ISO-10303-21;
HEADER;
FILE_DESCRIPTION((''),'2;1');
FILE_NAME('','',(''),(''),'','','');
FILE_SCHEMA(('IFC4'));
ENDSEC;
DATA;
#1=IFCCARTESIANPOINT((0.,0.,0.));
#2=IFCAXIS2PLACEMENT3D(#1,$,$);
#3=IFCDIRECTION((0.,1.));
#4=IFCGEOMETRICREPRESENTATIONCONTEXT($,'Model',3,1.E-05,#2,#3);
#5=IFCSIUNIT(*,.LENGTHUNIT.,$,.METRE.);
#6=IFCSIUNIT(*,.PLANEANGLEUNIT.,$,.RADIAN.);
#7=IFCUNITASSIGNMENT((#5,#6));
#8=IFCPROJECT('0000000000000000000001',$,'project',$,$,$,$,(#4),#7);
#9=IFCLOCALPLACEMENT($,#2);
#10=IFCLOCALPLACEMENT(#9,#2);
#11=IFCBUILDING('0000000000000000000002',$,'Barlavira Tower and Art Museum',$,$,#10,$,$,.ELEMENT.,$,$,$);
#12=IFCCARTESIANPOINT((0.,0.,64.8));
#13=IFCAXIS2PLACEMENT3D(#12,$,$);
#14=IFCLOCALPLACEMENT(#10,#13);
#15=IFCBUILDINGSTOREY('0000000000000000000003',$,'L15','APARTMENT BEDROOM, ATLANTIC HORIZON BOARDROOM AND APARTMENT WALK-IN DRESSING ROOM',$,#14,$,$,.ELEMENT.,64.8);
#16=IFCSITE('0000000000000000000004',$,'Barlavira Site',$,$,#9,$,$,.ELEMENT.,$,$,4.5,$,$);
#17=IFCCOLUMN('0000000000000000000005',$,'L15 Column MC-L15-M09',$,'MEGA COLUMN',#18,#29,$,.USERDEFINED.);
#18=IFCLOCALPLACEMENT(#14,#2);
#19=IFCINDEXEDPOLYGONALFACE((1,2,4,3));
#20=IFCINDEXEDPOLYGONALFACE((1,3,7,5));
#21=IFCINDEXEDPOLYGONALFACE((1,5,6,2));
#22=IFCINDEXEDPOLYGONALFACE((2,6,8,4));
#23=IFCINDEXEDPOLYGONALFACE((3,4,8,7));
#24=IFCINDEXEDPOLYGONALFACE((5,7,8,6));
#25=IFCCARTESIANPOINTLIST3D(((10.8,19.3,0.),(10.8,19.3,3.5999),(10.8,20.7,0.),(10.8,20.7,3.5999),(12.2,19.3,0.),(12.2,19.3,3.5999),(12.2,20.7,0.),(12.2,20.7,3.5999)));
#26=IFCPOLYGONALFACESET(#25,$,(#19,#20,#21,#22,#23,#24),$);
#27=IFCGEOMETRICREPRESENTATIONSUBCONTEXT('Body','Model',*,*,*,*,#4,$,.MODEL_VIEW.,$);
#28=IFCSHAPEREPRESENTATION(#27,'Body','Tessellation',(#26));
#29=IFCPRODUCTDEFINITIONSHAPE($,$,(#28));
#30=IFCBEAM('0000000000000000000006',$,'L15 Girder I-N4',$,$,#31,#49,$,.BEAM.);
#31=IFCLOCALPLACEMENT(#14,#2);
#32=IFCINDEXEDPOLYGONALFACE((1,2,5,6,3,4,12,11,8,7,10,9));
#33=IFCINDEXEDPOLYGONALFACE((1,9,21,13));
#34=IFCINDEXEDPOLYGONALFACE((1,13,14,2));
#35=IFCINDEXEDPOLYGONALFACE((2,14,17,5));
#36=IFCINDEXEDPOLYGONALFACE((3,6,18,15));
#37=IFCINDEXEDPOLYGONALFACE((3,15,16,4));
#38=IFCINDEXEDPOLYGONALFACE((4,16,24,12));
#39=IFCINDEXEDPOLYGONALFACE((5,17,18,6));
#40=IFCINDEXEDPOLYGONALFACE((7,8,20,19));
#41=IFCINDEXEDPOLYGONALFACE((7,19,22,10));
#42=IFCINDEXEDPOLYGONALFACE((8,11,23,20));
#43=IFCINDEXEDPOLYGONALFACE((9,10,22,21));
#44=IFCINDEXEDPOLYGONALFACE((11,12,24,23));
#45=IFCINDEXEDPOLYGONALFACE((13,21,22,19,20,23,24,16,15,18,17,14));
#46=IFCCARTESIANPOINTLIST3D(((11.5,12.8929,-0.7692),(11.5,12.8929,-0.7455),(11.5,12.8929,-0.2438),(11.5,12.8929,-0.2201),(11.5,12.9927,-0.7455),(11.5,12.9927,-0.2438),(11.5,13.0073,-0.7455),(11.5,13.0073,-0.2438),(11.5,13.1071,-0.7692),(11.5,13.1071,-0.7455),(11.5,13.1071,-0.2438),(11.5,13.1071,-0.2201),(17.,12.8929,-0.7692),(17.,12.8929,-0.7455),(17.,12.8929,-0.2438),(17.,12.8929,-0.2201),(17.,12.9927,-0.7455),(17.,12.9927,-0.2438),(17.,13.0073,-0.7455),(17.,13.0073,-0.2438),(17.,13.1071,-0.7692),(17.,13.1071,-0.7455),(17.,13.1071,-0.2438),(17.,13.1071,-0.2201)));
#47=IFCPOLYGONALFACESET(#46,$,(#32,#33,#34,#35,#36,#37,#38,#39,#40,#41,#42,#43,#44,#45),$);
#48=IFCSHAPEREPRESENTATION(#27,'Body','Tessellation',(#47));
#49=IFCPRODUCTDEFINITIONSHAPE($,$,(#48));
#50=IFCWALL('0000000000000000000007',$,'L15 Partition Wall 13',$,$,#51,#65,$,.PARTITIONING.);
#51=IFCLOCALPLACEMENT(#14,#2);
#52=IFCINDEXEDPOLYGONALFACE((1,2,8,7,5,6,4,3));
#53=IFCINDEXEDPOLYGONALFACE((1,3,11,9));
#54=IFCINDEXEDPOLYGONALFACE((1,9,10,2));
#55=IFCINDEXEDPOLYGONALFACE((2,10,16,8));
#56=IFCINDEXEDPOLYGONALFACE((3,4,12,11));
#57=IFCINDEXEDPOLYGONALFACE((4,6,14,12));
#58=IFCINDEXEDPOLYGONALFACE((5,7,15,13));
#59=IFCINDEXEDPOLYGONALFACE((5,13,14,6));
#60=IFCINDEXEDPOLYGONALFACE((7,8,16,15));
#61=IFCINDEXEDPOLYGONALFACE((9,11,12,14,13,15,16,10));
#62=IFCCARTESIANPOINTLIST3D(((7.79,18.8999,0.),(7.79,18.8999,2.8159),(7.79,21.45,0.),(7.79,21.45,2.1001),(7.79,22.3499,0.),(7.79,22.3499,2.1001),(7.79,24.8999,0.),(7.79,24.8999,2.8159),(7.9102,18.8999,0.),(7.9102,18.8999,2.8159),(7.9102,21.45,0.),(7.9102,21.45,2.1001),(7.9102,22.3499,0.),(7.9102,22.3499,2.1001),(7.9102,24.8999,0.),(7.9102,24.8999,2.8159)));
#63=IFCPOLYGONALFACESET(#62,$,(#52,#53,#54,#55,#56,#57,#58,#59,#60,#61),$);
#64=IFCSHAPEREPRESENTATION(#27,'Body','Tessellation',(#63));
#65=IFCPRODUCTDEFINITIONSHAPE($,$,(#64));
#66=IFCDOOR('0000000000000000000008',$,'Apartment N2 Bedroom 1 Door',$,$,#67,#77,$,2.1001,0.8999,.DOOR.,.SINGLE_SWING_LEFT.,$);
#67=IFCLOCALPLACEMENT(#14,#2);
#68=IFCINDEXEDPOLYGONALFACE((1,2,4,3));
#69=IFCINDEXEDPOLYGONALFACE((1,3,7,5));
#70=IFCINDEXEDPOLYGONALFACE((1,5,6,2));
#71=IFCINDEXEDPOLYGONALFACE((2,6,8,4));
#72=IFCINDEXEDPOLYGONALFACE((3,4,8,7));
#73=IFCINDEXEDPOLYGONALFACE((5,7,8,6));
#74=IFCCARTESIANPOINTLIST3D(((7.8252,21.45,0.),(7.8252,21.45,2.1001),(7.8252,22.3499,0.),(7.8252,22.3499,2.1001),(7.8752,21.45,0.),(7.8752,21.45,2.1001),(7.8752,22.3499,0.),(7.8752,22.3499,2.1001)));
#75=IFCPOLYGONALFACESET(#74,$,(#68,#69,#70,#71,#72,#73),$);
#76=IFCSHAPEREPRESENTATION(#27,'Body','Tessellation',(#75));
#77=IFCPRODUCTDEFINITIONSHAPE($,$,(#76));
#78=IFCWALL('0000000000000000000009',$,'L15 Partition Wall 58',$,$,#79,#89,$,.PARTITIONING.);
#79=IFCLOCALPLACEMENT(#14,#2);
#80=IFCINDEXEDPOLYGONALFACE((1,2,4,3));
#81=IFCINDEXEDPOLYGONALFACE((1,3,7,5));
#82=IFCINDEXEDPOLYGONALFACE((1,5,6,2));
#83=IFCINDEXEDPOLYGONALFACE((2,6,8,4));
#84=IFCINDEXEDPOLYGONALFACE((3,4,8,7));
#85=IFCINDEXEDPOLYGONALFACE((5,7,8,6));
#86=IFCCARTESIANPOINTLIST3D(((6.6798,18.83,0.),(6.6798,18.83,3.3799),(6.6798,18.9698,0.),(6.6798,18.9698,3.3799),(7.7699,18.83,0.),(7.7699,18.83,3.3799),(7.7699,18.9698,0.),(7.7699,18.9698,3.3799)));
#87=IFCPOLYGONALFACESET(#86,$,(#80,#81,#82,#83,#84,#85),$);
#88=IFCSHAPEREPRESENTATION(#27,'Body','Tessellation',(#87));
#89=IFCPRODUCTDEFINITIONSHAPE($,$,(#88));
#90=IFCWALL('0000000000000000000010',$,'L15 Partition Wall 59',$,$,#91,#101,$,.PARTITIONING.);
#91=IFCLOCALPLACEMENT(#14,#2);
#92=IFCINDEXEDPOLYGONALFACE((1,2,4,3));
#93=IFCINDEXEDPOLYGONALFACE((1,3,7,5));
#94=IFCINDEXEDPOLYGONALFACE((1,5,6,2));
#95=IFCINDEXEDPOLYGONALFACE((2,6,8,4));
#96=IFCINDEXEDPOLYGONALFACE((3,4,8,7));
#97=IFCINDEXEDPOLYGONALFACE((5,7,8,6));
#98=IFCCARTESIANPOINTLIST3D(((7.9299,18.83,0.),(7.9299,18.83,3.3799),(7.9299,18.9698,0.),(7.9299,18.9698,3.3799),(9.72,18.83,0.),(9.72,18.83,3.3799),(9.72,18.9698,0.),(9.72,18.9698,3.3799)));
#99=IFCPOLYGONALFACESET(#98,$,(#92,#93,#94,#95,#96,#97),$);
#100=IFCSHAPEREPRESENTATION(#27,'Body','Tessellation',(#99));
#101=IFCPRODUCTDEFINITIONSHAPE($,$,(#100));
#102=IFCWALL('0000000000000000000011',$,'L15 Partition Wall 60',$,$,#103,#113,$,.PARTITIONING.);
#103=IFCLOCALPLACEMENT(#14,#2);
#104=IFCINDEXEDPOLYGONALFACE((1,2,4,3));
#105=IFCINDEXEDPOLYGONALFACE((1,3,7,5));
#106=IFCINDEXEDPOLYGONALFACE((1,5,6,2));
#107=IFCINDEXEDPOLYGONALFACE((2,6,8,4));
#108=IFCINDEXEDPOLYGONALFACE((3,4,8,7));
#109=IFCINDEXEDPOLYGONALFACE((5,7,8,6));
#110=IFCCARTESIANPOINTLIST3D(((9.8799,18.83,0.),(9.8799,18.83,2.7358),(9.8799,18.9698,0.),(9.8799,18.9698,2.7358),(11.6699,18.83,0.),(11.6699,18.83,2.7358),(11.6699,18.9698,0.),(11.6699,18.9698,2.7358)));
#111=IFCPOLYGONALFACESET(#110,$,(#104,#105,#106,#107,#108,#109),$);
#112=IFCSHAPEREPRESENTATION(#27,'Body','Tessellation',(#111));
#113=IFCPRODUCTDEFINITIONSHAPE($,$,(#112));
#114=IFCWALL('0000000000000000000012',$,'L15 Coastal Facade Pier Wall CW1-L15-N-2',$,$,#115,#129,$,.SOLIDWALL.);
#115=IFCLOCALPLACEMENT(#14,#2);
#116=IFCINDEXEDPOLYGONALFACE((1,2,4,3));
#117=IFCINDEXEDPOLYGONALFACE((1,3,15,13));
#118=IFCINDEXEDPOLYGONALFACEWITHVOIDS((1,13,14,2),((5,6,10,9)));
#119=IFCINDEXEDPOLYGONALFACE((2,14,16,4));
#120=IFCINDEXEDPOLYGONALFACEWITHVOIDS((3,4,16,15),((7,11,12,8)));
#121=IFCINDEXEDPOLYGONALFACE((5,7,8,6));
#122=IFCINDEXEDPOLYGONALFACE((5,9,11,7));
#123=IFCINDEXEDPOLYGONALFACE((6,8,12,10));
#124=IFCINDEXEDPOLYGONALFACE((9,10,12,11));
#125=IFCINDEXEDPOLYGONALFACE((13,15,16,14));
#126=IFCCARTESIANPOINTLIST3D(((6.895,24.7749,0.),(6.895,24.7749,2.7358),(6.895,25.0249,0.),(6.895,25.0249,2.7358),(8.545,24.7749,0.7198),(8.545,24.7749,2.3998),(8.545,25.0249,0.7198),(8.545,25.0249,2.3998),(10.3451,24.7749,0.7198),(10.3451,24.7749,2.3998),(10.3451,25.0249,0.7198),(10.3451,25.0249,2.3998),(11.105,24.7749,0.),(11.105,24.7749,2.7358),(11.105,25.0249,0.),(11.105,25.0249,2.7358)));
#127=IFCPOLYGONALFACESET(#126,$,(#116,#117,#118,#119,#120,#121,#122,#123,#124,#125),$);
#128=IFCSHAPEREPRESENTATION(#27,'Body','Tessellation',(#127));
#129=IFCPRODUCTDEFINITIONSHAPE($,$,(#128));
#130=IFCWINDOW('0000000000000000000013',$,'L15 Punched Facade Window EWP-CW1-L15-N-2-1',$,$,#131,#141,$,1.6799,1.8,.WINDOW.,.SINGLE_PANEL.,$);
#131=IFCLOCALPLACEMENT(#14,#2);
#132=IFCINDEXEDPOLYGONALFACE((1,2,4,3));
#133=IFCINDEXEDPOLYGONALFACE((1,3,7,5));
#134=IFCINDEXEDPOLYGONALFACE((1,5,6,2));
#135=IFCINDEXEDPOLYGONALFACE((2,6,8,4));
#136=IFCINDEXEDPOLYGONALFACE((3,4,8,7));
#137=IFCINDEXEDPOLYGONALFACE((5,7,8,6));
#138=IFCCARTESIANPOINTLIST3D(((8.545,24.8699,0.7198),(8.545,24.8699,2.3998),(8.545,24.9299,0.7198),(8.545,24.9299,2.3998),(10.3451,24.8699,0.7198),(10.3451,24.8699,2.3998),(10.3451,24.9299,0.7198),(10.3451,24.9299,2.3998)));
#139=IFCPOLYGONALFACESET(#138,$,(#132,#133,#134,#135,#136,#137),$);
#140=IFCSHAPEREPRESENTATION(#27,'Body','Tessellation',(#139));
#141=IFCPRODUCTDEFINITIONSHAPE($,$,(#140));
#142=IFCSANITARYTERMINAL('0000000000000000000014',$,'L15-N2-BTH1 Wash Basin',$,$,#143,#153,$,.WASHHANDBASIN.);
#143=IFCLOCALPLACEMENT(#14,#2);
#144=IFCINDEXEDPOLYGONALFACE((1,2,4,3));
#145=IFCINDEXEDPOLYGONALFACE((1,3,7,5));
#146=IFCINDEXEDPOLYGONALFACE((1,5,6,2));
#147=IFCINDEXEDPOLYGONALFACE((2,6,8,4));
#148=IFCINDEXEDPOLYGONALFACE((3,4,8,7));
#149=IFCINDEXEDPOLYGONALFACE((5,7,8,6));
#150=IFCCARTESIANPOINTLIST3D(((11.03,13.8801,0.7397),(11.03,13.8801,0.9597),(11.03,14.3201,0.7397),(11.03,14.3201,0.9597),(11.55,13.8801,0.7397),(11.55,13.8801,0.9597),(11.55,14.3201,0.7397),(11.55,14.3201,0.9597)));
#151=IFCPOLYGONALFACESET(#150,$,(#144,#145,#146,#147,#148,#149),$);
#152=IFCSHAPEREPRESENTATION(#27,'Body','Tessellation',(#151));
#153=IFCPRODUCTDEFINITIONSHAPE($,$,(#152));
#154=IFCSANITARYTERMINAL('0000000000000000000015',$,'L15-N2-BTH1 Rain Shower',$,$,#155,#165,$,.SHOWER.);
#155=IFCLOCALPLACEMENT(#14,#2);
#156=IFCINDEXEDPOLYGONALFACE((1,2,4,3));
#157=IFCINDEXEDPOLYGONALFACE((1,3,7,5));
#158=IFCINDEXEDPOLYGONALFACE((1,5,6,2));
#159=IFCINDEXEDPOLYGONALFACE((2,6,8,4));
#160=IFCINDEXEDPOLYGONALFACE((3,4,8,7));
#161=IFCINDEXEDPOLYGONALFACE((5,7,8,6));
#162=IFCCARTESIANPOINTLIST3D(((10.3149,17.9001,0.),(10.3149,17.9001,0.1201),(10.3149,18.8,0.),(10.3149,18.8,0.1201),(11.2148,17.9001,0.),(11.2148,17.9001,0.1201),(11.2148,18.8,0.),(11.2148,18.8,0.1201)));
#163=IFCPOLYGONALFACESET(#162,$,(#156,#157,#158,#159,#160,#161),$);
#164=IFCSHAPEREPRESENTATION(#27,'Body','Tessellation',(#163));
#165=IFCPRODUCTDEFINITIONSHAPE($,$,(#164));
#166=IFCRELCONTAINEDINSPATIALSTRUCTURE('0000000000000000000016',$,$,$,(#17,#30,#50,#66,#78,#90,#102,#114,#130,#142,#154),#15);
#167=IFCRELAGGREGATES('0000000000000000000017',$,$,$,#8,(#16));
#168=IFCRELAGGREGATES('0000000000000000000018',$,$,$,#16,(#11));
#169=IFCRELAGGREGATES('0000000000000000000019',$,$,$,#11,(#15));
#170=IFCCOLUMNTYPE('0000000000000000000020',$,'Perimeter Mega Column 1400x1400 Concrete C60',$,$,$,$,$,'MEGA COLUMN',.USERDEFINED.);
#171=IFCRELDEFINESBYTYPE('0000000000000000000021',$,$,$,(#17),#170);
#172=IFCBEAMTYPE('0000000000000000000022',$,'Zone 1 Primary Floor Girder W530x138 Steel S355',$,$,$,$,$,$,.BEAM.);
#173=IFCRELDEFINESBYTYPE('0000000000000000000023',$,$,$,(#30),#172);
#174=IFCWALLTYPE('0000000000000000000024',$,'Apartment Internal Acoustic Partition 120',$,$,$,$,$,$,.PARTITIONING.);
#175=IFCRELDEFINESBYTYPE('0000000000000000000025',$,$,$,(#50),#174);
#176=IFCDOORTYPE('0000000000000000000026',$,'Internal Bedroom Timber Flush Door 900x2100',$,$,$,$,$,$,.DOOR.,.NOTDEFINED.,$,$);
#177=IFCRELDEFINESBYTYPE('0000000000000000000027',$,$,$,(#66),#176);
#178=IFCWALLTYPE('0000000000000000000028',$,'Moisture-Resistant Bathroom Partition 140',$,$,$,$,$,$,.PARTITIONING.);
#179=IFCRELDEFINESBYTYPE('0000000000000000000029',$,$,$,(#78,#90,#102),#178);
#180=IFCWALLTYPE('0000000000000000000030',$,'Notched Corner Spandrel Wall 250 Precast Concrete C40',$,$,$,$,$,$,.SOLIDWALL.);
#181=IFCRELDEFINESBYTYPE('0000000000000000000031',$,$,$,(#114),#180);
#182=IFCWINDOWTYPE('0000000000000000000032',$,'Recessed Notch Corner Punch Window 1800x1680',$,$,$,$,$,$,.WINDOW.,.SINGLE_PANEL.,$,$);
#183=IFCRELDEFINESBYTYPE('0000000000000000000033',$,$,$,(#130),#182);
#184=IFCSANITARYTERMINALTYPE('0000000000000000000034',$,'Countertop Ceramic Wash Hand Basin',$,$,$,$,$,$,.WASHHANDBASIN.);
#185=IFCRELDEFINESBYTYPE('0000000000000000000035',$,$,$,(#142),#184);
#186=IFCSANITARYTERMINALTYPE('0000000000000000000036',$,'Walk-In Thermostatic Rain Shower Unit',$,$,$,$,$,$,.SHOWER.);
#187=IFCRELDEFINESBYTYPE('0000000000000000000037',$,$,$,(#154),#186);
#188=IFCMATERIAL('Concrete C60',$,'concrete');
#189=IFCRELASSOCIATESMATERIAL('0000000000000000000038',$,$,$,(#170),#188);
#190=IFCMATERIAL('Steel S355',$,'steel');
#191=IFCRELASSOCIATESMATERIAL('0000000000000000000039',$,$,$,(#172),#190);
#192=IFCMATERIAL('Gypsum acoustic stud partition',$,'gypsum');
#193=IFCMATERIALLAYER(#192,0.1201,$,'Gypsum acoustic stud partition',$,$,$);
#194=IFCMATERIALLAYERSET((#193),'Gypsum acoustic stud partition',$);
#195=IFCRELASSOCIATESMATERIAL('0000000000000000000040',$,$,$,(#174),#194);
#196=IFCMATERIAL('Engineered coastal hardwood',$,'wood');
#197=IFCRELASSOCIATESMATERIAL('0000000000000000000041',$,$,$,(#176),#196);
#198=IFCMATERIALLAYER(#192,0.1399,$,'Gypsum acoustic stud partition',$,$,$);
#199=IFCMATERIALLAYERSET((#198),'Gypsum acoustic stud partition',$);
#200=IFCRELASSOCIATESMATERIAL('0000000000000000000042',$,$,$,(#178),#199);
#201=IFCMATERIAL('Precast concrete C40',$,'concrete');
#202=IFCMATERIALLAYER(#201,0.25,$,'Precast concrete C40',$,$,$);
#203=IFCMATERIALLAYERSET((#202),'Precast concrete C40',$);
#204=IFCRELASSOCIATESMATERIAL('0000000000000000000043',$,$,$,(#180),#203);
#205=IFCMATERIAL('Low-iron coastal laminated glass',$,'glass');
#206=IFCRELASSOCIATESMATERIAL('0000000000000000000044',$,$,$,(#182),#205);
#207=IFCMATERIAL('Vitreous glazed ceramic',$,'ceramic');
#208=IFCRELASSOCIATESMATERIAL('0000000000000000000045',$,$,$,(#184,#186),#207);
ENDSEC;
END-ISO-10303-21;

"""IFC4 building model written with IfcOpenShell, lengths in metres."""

from ifc_helpers import new_model, si_unit, direction, frame, frame_2d, origin, origin_2d, place, context, subcontext, project, spatial, rectangle, i_section, extrude, material, layer, layer_set, material_profile, profile_set, type_object, element, fill, save


model = new_model("IFC4")

# Units and contexts
model_context = context("Model", 3, precision=1e-05, world=origin(), true_north=direction((0.0, 1.0)))
body_context = subcontext(model_context, "Body", "Model", "MODEL_VIEW")
ifc_project = project(units=[si_unit("LENGTHUNIT", "METRE"), si_unit("PLANEANGLEUNIT", "RADIAN")], contexts=[model_context])

# Site, building, storey
site_placement = place(None, origin())
site = spatial("IfcSite", under=ifc_project, at=site_placement, Name="Barlavira Site", CompositionType="ELEMENT", RefElevation=4.5)
building_placement = place(site_placement, origin())
building = spatial("IfcBuilding", under=site, at=building_placement, Name="Barlavira Tower and Art Museum", CompositionType="ELEMENT")
storey_placement = place(building_placement, frame((0.0, 0.0, 64.8)))
storey = spatial("IfcBuildingStorey", under=building, at=storey_placement, Name="L15", Description="APARTMENT BEDROOM, ATLANTIC HORIZON BOARDROOM AND APARTMENT WALK-IN DRESSING ROOM", CompositionType="ELEMENT", Elevation=64.8)

# Column
ifc_material_1 = material(Name="Concrete C60", Category="concrete")
ifc_material_profile_1 = material_profile(ifc_material_1, rectangle(XDim=1.3999, YDim=1.3999, at=origin_2d()), Name="RC-MCOL 1400x1400")
ifc_profile_set_1 = profile_set([ifc_material_profile_1], Name="Concrete C60")
column_type = type_object("IfcColumnType", Name="Perimeter Mega Column 1400x1400 Concrete C60", ElementType="MEGA COLUMN", PredefinedType="USERDEFINED", material=ifc_profile_set_1)
column_placement = place(storey_placement, frame((11.5, 20.0, 0.0), z_axis=(0.0, 0.0, 1.0), x_axis=(1.0, 0.0, 0.0)))
element("IfcColumn", 1, at=column_placement, inside=storey, type_object=column_type, Name="L15 Column MC-L15-M09", ObjectType="MEGA COLUMN", PredefinedType="USERDEFINED", context=body_context, shape_type="SweptSolid", body=[
    extrude(rectangle(XDim=1.3999, YDim=1.3999, at=origin_2d()), origin(), (0.0, 0.0, 1.0), 3.5999),
])

# Beam
ifc_material_2 = material(Name="Steel S355", Category="steel")
ifc_material_profile_2 = material_profile(ifc_material_2, i_section(OverallWidth=0.2141, OverallDepth=0.5491, WebThickness=0.0146, FlangeThickness=0.0237, at=origin_2d()), Name="W530x138.0")
ifc_profile_set_2 = profile_set([ifc_material_profile_2], Name="Steel S355")
beam_type = type_object("IfcBeamType", Name="Zone 1 Primary Floor Girder W530x138 Steel S355", PredefinedType="BEAM", material=ifc_profile_set_2)
beam_placement = place(storey_placement, frame((11.5, 13.0, -0.4946), z_axis=(1.0, 0.0, 0.0), x_axis=(0.0, 1.0, 0.0)))
element("IfcBeam", 2, at=beam_placement, inside=storey, type_object=beam_type, Name="L15 Girder I-N4", PredefinedType="BEAM", context=body_context, shape_type="SweptSolid", body=[
    extrude(i_section(OverallWidth=0.2141, OverallDepth=0.5491, WebThickness=0.0146, FlangeThickness=0.0237, at=origin_2d()), origin(), (0.0, 0.0, 1.0), 5.5),
])

# Wall, opening, door
ifc_material_3 = material(Name="Gypsum acoustic stud partition", Category="gypsum")
ifc_layer_1 = layer(ifc_material_3, 0.1201, Name="Gypsum acoustic stud partition")
ifc_layer_set_1 = layer_set([ifc_layer_1], Name="Gypsum acoustic stud partition")
wall_type_1 = type_object("IfcWallType", Name="Apartment Internal Acoustic Partition 120", PredefinedType="PARTITIONING", material=ifc_layer_set_1)
wall_1_placement = place(storey_placement, frame((7.8501, 18.8999, 0.0), z_axis=(0.0, 0.0, 1.0), x_axis=(0.0, 1.0, 0.0)))
wall_1 = element("IfcWall", 3, at=wall_1_placement, inside=storey, type_object=wall_type_1, Name="L15 Partition Wall 13", PredefinedType="PARTITIONING", context=body_context, shape_type="SweptSolid", body=[
    extrude(rectangle(XDim=6.0, YDim=0.1201, at=frame_2d((3.0, 0.0))), origin(), (0.0, 0.0, 1.0), 2.8159),
])
opening_1_placement = place(wall_1_placement, frame((2.55, 0.0, 0.0)))
opening_1 = element("IfcOpeningElement", 4, at=opening_1_placement, cuts=wall_1, PredefinedType="OPENING", context=body_context, shape_type="SweptSolid", body=[
    extrude(rectangle(XDim=0.8999, YDim=2.1001, at=frame_2d((0.45, 1.05))), frame((0.0, 0.0701, 0.0), z_axis=(0.0, -1.0, 0.0), x_axis=(1.0, 0.0, 0.0)), (0.0, 0.0, 1.0), 0.1401),
])
ifc_material_4 = material(Name="Engineered coastal hardwood", Category="wood")
door_type = type_object("IfcDoorType", Name="Internal Bedroom Timber Flush Door 900x2100", OperationType="NOTDEFINED", PredefinedType="DOOR", material=ifc_material_4)
door_placement = place(opening_1_placement, origin())
door = element("IfcDoor", 5, at=door_placement, inside=storey, type_object=door_type, Name="Apartment N2 Bedroom 1 Door", OperationType="SINGLE_SWING_LEFT", OverallHeight=2.1001, OverallWidth=0.8999, PredefinedType="DOOR", context=body_context, shape_type="SweptSolid", body=[
    extrude(rectangle(XDim=0.8999, YDim=2.1001, at=frame_2d((0.45, 1.05))), frame((0.0, 0.0249, 0.0), z_axis=(0.0, -1.0, 0.0), x_axis=(1.0, 0.0, 0.0)), (0.0, 0.0, 1.0), 0.05),
])
fill(opening_1, door)

# Walls
ifc_layer_2 = layer(ifc_material_3, 0.1399, Name="Gypsum acoustic stud partition")
ifc_layer_set_2 = layer_set([ifc_layer_2], Name="Gypsum acoustic stud partition")
wall_type_2 = type_object("IfcWallType", Name="Moisture-Resistant Bathroom Partition 140", PredefinedType="PARTITIONING", material=ifc_layer_set_2)
wall_2_placement = place(storey_placement, frame((6.6799, 18.8999, 0.0), z_axis=(0.0, 0.0, 1.0), x_axis=(1.0, 0.0, 0.0)))
element("IfcWall", 6, at=wall_2_placement, inside=storey, type_object=wall_type_2, Name="L15 Partition Wall 58", PredefinedType="PARTITIONING", context=body_context, shape_type="SweptSolid", body=[
    extrude(rectangle(XDim=1.0901, YDim=0.1399, at=frame_2d((0.5449, 0.0))), origin(), (0.0, 0.0, 1.0), 3.3799),
])
wall_3_placement = place(storey_placement, frame((7.9299, 18.8999, 0.0), z_axis=(0.0, 0.0, 1.0), x_axis=(1.0, 0.0, 0.0)))
element("IfcWall", 7, at=wall_3_placement, inside=storey, type_object=wall_type_2, Name="L15 Partition Wall 59", PredefinedType="PARTITIONING", context=body_context, shape_type="SweptSolid", body=[
    extrude(rectangle(XDim=1.79, YDim=0.1399, at=frame_2d((0.895, 0.0))), origin(), (0.0, 0.0, 1.0), 3.3799),
])
wall_4_placement = place(storey_placement, frame((9.8799, 18.8999, 0.0), z_axis=(0.0, 0.0, 1.0), x_axis=(1.0, 0.0, 0.0)))
element("IfcWall", 8, at=wall_4_placement, inside=storey, type_object=wall_type_2, Name="L15 Partition Wall 60", PredefinedType="PARTITIONING", context=body_context, shape_type="SweptSolid", body=[
    extrude(rectangle(XDim=1.79, YDim=0.1399, at=frame_2d((0.895, 0.0))), origin(), (0.0, 0.0, 1.0), 2.7358),
])

# Wall, opening, window
ifc_material_5 = material(Name="Precast concrete C40", Category="concrete")
ifc_layer_3 = layer(ifc_material_5, 0.25, Name="Precast concrete C40")
ifc_layer_set_3 = layer_set([ifc_layer_3], Name="Precast concrete C40")
wall_type_3 = type_object("IfcWallType", Name="Notched Corner Spandrel Wall 250 Precast Concrete C40", PredefinedType="SOLIDWALL", material=ifc_layer_set_3)
wall_5_placement = place(storey_placement, frame((11.105, 24.8999, 0.0), z_axis=(0.0, 0.0, 1.0), x_axis=(-1.0, 0.0, 0.0)))
wall_5 = element("IfcWall", 9, at=wall_5_placement, inside=storey, type_object=wall_type_3, Name="L15 Coastal Facade Pier Wall CW1-L15-N-2", PredefinedType="SOLIDWALL", context=body_context, shape_type="SweptSolid", body=[
    extrude(rectangle(XDim=4.21, YDim=0.25, at=frame_2d((2.105, 0.0))), origin(), (0.0, 0.0, 1.0), 2.7358),
])
opening_2_placement = place(wall_5_placement, frame((0.76, 0.0, 0.72)))
opening_2 = element("IfcOpeningElement", 10, at=opening_2_placement, cuts=wall_5, PredefinedType="OPENING", context=body_context, shape_type="SweptSolid", body=[
    extrude(rectangle(XDim=1.8, YDim=1.6799, at=frame_2d((0.8999, 0.8398))), frame((0.0, 0.135, 0.0), z_axis=(0.0, -1.0, 0.0), x_axis=(1.0, 0.0, 0.0)), (0.0, 0.0, 1.0), 0.27),
])
ifc_material_6 = material(Name="Low-iron coastal laminated glass", Category="glass")
window_type = type_object("IfcWindowType", Name="Recessed Notch Corner Punch Window 1800x1680", PartitioningType="SINGLE_PANEL", PredefinedType="WINDOW", material=ifc_material_6)
window_placement = place(opening_2_placement, origin())
window = element("IfcWindow", 11, at=window_placement, inside=storey, type_object=window_type, Name="L15 Punched Facade Window EWP-CW1-L15-N-2-1", OverallHeight=1.6799, OverallWidth=1.8, PartitioningType="SINGLE_PANEL", PredefinedType="WINDOW", context=body_context, shape_type="SweptSolid", body=[
    extrude(rectangle(XDim=1.8, YDim=1.6799, at=frame_2d((0.8999, 0.8398))), frame((0.0, 0.03, 0.0), z_axis=(0.0, -1.0, 0.0), x_axis=(1.0, 0.0, 0.0)), (0.0, 0.0, 1.0), 0.0601),
])
fill(opening_2, window)

# Sanitary terminals
ifc_material_7 = material(Name="Vitreous glazed ceramic", Category="ceramic")
sanitary_terminal_type_1 = type_object("IfcSanitaryTerminalType", Name="Countertop Ceramic Wash Hand Basin", PredefinedType="WASHHANDBASIN", material=ifc_material_7)
sanitary_terminal_1_placement = place(storey_placement, frame((11.29, 14.1001, 0.7397), z_axis=(0.0, 0.0, 1.0), x_axis=(1.0, 0.0, 0.0)))
element("IfcSanitaryTerminal", 12, at=sanitary_terminal_1_placement, inside=storey, type_object=sanitary_terminal_type_1, Name="L15-N2-BTH1 Wash Basin", PredefinedType="WASHHANDBASIN", context=body_context, shape_type="SweptSolid", body=[
    extrude(rectangle(XDim=0.52, YDim=0.4399, at=origin_2d()), origin(), (0.0, 0.0, 1.0), 0.22),
])
sanitary_terminal_type_2 = type_object("IfcSanitaryTerminalType", Name="Walk-In Thermostatic Rain Shower Unit", PredefinedType="SHOWER", material=ifc_material_7)
sanitary_terminal_2_placement = place(storey_placement, frame((10.7649, 18.3501, 0.0), z_axis=(0.0, 0.0, 1.0), x_axis=(1.0, 0.0, 0.0)))
element("IfcSanitaryTerminal", 13, at=sanitary_terminal_2_placement, inside=storey, type_object=sanitary_terminal_type_2, Name="L15-N2-BTH1 Rain Shower", PredefinedType="SHOWER", context=body_context, shape_type="SweptSolid", body=[
    extrude(rectangle(XDim=0.8999, YDim=0.8999, at=origin_2d()), origin(), (0.0, 0.0, 1.0), 0.1201),
])

save(model, "model.ifc")
